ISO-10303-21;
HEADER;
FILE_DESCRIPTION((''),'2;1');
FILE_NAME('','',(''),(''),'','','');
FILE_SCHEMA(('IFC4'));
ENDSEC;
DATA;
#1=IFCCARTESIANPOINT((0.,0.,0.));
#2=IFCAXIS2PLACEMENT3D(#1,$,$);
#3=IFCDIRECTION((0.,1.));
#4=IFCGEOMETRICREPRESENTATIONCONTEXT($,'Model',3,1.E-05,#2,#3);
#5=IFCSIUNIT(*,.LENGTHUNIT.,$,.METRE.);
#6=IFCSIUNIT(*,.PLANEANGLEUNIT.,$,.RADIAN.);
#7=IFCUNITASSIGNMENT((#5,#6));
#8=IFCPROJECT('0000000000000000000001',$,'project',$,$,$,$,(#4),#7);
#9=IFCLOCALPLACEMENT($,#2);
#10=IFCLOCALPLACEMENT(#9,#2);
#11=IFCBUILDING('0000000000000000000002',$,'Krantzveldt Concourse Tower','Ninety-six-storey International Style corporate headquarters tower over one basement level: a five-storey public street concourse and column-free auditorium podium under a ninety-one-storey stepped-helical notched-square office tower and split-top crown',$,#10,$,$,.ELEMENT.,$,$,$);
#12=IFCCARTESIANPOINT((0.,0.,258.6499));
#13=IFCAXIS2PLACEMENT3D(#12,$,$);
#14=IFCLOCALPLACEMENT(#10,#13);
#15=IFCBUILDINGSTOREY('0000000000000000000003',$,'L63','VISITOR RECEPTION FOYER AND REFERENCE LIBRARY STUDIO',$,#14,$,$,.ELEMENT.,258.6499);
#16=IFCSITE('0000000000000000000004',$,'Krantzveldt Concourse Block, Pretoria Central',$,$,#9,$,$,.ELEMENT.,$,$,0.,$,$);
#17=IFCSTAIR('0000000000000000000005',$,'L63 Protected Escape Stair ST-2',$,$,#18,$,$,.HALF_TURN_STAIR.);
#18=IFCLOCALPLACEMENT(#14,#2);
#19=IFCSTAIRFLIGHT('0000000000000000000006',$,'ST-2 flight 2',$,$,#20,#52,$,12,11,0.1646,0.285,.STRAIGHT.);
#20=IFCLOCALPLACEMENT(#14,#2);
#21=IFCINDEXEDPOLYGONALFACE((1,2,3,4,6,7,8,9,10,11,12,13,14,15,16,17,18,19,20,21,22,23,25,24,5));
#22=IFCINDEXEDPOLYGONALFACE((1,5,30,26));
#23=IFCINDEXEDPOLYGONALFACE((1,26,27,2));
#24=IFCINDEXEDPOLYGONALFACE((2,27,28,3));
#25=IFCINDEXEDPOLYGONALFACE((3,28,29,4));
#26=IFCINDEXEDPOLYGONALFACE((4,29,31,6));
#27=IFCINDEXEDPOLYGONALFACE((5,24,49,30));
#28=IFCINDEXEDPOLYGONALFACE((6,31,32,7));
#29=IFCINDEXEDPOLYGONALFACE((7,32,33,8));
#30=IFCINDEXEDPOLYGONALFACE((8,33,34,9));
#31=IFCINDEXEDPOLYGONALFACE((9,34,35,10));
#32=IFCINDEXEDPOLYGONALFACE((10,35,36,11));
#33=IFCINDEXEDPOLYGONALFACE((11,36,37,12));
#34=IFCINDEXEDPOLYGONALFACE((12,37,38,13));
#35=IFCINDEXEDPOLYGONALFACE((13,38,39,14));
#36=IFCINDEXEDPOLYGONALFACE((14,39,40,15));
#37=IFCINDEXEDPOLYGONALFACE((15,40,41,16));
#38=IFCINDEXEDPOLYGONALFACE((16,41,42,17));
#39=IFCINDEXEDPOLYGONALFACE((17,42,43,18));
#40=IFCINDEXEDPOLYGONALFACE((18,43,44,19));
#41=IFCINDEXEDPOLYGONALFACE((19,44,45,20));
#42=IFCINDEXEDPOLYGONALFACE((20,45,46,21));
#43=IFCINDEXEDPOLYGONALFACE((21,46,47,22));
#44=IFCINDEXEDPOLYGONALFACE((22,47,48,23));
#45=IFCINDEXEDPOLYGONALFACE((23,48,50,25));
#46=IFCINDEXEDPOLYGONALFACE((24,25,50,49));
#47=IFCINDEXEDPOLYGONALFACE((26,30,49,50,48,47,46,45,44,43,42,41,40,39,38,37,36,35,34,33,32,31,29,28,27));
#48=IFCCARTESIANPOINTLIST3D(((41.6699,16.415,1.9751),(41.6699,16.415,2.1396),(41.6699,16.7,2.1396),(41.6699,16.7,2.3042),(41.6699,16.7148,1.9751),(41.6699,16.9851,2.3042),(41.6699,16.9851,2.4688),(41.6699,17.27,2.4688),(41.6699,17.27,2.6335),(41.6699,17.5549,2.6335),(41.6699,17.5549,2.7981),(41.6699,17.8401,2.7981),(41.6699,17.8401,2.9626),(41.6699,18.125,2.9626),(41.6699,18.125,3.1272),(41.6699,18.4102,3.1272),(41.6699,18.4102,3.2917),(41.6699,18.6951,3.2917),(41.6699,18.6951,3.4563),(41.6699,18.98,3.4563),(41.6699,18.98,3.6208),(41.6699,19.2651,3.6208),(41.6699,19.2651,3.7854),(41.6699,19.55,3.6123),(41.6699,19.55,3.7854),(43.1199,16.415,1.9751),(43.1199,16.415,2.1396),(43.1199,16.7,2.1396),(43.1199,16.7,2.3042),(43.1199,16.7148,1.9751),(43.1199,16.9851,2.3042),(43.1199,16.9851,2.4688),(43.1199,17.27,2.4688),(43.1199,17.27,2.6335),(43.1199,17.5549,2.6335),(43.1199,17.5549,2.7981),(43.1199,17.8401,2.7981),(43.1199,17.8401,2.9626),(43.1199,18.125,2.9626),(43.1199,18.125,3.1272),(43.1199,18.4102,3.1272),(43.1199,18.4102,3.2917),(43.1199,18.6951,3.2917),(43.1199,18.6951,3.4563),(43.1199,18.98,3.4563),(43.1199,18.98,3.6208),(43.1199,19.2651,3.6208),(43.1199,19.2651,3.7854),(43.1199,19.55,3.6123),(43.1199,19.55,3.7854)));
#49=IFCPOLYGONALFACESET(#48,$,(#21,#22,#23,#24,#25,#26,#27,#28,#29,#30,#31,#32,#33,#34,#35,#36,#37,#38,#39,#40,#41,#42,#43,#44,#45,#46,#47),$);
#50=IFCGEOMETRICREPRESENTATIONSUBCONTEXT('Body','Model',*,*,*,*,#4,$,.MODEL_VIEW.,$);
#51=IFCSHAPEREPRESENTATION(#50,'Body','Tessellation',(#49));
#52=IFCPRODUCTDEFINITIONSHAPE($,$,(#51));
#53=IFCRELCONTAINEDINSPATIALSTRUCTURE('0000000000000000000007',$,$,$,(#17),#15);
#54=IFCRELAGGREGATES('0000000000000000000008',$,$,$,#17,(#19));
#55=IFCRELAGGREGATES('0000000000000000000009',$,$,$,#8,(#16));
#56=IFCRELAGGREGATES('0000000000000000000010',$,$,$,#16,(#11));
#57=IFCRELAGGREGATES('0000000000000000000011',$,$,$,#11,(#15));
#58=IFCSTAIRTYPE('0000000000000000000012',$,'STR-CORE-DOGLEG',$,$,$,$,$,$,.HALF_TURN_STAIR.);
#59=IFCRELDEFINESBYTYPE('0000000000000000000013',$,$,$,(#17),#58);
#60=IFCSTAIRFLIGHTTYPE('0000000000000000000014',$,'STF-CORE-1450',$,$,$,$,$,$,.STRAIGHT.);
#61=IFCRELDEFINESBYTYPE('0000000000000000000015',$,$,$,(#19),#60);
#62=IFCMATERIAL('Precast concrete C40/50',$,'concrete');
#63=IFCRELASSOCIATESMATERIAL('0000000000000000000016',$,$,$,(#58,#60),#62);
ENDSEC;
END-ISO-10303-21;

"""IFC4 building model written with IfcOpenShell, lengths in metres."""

from ifc_helpers import new_model, si_unit, direction, frame, origin, place, context, subcontext, project, spatial, polyline, outline, extrude, material, type_object, element, aggregate, save


model = new_model("IFC4")

# Units and contexts
model_context = context("Model", 3, precision=1e-05, world=origin(), true_north=direction((0.0, 1.0)))
body_context = subcontext(model_context, "Body", "Model", "MODEL_VIEW")
ifc_project = project(units=[si_unit("LENGTHUNIT", "METRE"), si_unit("PLANEANGLEUNIT", "RADIAN")], contexts=[model_context])

# Site, building, storey
site_placement = place(None, origin())
site = spatial("IfcSite", under=ifc_project, at=site_placement, Name="Krantzveldt Concourse Block, Pretoria Central", CompositionType="ELEMENT", RefElevation=0.0)
building_placement = place(site_placement, origin())
building = spatial("IfcBuilding", under=site, at=building_placement, Name="Krantzveldt Concourse Tower", Description="Ninety-six-storey International Style corporate headquarters tower over one basement level: a five-storey public street concourse and column-free auditorium podium under a ninety-one-storey stepped-helical notched-square office tower and split-top crown", CompositionType="ELEMENT")
storey_placement = place(building_placement, frame((0.0, 0.0, 258.6499)))
storey = spatial("IfcBuildingStorey", under=building, at=storey_placement, Name="L63", Description="VISITOR RECEPTION FOYER AND REFERENCE LIBRARY STUDIO", CompositionType="ELEMENT", Elevation=258.6499)

# Stair, stair flight
ifc_material_1 = material(Name="Precast concrete C40/50", Category="concrete")
stair_type = type_object("IfcStairType", Name="STR-CORE-DOGLEG", PredefinedType="HALF_TURN_STAIR", material=ifc_material_1)
stair_placement = place(storey_placement, origin())
stair = element("IfcStair", 1, at=stair_placement, inside=storey, type_object=stair_type, Name="L63 Protected Escape Stair ST-2", PredefinedType="HALF_TURN_STAIR")
stair_flight_type = type_object("IfcStairFlightType", Name="STF-CORE-1450", PredefinedType="STRAIGHT", material=ifc_material_1)
stair_flight_1_placement = place(storey_placement, frame((42.395, 16.415, 1.9751), z_axis=(0.0, 0.0, 1.0), x_axis=(0.0, 1.0, 0.0)))
stair_flight_1 = element("IfcStairFlight", 2, at=stair_flight_1_placement, type_object=stair_flight_type, Name="ST-2 flight 2", NumberOfRisers=12, NumberOfTreads=11, PredefinedType="STRAIGHT", RiserHeight=0.1646, TreadLength=0.285, context=body_context, shape_type="SweptSolid", body=[
    extrude(outline(polyline([(0.0, 0.0), (0.0, 0.1646), (0.2849, 0.1646), (0.2849, 0.3291), (0.5701, 0.3291), (0.5701, 0.4937), (0.855, 0.4937), (0.855, 0.6584), (1.1399, 0.6584), (1.1399, 0.823), (1.425, 0.823), (1.425, 0.9875), (1.71, 0.9875), (1.71, 1.1521), (1.9951, 1.1521), (1.9951, 1.3167), (2.28, 1.3167), (2.28, 1.4812), (2.5649, 1.4812), (2.5649, 1.6458), (2.8501, 1.6458), (2.8501, 1.8103), (3.135, 1.8103), (3.135, 1.9751), (3.135, 1.6372), (0.2998, 0.0), (0.0, 0.0)])), frame((0.0, 0.7251, 0.0), z_axis=(0.0, -1.0, 0.0), x_axis=(1.0, 0.0, 0.0)), (0.0, 0.0, 1.0), 1.45),
])
aggregate(stair, [stair_flight_1])

save(model, "model.ifc")
